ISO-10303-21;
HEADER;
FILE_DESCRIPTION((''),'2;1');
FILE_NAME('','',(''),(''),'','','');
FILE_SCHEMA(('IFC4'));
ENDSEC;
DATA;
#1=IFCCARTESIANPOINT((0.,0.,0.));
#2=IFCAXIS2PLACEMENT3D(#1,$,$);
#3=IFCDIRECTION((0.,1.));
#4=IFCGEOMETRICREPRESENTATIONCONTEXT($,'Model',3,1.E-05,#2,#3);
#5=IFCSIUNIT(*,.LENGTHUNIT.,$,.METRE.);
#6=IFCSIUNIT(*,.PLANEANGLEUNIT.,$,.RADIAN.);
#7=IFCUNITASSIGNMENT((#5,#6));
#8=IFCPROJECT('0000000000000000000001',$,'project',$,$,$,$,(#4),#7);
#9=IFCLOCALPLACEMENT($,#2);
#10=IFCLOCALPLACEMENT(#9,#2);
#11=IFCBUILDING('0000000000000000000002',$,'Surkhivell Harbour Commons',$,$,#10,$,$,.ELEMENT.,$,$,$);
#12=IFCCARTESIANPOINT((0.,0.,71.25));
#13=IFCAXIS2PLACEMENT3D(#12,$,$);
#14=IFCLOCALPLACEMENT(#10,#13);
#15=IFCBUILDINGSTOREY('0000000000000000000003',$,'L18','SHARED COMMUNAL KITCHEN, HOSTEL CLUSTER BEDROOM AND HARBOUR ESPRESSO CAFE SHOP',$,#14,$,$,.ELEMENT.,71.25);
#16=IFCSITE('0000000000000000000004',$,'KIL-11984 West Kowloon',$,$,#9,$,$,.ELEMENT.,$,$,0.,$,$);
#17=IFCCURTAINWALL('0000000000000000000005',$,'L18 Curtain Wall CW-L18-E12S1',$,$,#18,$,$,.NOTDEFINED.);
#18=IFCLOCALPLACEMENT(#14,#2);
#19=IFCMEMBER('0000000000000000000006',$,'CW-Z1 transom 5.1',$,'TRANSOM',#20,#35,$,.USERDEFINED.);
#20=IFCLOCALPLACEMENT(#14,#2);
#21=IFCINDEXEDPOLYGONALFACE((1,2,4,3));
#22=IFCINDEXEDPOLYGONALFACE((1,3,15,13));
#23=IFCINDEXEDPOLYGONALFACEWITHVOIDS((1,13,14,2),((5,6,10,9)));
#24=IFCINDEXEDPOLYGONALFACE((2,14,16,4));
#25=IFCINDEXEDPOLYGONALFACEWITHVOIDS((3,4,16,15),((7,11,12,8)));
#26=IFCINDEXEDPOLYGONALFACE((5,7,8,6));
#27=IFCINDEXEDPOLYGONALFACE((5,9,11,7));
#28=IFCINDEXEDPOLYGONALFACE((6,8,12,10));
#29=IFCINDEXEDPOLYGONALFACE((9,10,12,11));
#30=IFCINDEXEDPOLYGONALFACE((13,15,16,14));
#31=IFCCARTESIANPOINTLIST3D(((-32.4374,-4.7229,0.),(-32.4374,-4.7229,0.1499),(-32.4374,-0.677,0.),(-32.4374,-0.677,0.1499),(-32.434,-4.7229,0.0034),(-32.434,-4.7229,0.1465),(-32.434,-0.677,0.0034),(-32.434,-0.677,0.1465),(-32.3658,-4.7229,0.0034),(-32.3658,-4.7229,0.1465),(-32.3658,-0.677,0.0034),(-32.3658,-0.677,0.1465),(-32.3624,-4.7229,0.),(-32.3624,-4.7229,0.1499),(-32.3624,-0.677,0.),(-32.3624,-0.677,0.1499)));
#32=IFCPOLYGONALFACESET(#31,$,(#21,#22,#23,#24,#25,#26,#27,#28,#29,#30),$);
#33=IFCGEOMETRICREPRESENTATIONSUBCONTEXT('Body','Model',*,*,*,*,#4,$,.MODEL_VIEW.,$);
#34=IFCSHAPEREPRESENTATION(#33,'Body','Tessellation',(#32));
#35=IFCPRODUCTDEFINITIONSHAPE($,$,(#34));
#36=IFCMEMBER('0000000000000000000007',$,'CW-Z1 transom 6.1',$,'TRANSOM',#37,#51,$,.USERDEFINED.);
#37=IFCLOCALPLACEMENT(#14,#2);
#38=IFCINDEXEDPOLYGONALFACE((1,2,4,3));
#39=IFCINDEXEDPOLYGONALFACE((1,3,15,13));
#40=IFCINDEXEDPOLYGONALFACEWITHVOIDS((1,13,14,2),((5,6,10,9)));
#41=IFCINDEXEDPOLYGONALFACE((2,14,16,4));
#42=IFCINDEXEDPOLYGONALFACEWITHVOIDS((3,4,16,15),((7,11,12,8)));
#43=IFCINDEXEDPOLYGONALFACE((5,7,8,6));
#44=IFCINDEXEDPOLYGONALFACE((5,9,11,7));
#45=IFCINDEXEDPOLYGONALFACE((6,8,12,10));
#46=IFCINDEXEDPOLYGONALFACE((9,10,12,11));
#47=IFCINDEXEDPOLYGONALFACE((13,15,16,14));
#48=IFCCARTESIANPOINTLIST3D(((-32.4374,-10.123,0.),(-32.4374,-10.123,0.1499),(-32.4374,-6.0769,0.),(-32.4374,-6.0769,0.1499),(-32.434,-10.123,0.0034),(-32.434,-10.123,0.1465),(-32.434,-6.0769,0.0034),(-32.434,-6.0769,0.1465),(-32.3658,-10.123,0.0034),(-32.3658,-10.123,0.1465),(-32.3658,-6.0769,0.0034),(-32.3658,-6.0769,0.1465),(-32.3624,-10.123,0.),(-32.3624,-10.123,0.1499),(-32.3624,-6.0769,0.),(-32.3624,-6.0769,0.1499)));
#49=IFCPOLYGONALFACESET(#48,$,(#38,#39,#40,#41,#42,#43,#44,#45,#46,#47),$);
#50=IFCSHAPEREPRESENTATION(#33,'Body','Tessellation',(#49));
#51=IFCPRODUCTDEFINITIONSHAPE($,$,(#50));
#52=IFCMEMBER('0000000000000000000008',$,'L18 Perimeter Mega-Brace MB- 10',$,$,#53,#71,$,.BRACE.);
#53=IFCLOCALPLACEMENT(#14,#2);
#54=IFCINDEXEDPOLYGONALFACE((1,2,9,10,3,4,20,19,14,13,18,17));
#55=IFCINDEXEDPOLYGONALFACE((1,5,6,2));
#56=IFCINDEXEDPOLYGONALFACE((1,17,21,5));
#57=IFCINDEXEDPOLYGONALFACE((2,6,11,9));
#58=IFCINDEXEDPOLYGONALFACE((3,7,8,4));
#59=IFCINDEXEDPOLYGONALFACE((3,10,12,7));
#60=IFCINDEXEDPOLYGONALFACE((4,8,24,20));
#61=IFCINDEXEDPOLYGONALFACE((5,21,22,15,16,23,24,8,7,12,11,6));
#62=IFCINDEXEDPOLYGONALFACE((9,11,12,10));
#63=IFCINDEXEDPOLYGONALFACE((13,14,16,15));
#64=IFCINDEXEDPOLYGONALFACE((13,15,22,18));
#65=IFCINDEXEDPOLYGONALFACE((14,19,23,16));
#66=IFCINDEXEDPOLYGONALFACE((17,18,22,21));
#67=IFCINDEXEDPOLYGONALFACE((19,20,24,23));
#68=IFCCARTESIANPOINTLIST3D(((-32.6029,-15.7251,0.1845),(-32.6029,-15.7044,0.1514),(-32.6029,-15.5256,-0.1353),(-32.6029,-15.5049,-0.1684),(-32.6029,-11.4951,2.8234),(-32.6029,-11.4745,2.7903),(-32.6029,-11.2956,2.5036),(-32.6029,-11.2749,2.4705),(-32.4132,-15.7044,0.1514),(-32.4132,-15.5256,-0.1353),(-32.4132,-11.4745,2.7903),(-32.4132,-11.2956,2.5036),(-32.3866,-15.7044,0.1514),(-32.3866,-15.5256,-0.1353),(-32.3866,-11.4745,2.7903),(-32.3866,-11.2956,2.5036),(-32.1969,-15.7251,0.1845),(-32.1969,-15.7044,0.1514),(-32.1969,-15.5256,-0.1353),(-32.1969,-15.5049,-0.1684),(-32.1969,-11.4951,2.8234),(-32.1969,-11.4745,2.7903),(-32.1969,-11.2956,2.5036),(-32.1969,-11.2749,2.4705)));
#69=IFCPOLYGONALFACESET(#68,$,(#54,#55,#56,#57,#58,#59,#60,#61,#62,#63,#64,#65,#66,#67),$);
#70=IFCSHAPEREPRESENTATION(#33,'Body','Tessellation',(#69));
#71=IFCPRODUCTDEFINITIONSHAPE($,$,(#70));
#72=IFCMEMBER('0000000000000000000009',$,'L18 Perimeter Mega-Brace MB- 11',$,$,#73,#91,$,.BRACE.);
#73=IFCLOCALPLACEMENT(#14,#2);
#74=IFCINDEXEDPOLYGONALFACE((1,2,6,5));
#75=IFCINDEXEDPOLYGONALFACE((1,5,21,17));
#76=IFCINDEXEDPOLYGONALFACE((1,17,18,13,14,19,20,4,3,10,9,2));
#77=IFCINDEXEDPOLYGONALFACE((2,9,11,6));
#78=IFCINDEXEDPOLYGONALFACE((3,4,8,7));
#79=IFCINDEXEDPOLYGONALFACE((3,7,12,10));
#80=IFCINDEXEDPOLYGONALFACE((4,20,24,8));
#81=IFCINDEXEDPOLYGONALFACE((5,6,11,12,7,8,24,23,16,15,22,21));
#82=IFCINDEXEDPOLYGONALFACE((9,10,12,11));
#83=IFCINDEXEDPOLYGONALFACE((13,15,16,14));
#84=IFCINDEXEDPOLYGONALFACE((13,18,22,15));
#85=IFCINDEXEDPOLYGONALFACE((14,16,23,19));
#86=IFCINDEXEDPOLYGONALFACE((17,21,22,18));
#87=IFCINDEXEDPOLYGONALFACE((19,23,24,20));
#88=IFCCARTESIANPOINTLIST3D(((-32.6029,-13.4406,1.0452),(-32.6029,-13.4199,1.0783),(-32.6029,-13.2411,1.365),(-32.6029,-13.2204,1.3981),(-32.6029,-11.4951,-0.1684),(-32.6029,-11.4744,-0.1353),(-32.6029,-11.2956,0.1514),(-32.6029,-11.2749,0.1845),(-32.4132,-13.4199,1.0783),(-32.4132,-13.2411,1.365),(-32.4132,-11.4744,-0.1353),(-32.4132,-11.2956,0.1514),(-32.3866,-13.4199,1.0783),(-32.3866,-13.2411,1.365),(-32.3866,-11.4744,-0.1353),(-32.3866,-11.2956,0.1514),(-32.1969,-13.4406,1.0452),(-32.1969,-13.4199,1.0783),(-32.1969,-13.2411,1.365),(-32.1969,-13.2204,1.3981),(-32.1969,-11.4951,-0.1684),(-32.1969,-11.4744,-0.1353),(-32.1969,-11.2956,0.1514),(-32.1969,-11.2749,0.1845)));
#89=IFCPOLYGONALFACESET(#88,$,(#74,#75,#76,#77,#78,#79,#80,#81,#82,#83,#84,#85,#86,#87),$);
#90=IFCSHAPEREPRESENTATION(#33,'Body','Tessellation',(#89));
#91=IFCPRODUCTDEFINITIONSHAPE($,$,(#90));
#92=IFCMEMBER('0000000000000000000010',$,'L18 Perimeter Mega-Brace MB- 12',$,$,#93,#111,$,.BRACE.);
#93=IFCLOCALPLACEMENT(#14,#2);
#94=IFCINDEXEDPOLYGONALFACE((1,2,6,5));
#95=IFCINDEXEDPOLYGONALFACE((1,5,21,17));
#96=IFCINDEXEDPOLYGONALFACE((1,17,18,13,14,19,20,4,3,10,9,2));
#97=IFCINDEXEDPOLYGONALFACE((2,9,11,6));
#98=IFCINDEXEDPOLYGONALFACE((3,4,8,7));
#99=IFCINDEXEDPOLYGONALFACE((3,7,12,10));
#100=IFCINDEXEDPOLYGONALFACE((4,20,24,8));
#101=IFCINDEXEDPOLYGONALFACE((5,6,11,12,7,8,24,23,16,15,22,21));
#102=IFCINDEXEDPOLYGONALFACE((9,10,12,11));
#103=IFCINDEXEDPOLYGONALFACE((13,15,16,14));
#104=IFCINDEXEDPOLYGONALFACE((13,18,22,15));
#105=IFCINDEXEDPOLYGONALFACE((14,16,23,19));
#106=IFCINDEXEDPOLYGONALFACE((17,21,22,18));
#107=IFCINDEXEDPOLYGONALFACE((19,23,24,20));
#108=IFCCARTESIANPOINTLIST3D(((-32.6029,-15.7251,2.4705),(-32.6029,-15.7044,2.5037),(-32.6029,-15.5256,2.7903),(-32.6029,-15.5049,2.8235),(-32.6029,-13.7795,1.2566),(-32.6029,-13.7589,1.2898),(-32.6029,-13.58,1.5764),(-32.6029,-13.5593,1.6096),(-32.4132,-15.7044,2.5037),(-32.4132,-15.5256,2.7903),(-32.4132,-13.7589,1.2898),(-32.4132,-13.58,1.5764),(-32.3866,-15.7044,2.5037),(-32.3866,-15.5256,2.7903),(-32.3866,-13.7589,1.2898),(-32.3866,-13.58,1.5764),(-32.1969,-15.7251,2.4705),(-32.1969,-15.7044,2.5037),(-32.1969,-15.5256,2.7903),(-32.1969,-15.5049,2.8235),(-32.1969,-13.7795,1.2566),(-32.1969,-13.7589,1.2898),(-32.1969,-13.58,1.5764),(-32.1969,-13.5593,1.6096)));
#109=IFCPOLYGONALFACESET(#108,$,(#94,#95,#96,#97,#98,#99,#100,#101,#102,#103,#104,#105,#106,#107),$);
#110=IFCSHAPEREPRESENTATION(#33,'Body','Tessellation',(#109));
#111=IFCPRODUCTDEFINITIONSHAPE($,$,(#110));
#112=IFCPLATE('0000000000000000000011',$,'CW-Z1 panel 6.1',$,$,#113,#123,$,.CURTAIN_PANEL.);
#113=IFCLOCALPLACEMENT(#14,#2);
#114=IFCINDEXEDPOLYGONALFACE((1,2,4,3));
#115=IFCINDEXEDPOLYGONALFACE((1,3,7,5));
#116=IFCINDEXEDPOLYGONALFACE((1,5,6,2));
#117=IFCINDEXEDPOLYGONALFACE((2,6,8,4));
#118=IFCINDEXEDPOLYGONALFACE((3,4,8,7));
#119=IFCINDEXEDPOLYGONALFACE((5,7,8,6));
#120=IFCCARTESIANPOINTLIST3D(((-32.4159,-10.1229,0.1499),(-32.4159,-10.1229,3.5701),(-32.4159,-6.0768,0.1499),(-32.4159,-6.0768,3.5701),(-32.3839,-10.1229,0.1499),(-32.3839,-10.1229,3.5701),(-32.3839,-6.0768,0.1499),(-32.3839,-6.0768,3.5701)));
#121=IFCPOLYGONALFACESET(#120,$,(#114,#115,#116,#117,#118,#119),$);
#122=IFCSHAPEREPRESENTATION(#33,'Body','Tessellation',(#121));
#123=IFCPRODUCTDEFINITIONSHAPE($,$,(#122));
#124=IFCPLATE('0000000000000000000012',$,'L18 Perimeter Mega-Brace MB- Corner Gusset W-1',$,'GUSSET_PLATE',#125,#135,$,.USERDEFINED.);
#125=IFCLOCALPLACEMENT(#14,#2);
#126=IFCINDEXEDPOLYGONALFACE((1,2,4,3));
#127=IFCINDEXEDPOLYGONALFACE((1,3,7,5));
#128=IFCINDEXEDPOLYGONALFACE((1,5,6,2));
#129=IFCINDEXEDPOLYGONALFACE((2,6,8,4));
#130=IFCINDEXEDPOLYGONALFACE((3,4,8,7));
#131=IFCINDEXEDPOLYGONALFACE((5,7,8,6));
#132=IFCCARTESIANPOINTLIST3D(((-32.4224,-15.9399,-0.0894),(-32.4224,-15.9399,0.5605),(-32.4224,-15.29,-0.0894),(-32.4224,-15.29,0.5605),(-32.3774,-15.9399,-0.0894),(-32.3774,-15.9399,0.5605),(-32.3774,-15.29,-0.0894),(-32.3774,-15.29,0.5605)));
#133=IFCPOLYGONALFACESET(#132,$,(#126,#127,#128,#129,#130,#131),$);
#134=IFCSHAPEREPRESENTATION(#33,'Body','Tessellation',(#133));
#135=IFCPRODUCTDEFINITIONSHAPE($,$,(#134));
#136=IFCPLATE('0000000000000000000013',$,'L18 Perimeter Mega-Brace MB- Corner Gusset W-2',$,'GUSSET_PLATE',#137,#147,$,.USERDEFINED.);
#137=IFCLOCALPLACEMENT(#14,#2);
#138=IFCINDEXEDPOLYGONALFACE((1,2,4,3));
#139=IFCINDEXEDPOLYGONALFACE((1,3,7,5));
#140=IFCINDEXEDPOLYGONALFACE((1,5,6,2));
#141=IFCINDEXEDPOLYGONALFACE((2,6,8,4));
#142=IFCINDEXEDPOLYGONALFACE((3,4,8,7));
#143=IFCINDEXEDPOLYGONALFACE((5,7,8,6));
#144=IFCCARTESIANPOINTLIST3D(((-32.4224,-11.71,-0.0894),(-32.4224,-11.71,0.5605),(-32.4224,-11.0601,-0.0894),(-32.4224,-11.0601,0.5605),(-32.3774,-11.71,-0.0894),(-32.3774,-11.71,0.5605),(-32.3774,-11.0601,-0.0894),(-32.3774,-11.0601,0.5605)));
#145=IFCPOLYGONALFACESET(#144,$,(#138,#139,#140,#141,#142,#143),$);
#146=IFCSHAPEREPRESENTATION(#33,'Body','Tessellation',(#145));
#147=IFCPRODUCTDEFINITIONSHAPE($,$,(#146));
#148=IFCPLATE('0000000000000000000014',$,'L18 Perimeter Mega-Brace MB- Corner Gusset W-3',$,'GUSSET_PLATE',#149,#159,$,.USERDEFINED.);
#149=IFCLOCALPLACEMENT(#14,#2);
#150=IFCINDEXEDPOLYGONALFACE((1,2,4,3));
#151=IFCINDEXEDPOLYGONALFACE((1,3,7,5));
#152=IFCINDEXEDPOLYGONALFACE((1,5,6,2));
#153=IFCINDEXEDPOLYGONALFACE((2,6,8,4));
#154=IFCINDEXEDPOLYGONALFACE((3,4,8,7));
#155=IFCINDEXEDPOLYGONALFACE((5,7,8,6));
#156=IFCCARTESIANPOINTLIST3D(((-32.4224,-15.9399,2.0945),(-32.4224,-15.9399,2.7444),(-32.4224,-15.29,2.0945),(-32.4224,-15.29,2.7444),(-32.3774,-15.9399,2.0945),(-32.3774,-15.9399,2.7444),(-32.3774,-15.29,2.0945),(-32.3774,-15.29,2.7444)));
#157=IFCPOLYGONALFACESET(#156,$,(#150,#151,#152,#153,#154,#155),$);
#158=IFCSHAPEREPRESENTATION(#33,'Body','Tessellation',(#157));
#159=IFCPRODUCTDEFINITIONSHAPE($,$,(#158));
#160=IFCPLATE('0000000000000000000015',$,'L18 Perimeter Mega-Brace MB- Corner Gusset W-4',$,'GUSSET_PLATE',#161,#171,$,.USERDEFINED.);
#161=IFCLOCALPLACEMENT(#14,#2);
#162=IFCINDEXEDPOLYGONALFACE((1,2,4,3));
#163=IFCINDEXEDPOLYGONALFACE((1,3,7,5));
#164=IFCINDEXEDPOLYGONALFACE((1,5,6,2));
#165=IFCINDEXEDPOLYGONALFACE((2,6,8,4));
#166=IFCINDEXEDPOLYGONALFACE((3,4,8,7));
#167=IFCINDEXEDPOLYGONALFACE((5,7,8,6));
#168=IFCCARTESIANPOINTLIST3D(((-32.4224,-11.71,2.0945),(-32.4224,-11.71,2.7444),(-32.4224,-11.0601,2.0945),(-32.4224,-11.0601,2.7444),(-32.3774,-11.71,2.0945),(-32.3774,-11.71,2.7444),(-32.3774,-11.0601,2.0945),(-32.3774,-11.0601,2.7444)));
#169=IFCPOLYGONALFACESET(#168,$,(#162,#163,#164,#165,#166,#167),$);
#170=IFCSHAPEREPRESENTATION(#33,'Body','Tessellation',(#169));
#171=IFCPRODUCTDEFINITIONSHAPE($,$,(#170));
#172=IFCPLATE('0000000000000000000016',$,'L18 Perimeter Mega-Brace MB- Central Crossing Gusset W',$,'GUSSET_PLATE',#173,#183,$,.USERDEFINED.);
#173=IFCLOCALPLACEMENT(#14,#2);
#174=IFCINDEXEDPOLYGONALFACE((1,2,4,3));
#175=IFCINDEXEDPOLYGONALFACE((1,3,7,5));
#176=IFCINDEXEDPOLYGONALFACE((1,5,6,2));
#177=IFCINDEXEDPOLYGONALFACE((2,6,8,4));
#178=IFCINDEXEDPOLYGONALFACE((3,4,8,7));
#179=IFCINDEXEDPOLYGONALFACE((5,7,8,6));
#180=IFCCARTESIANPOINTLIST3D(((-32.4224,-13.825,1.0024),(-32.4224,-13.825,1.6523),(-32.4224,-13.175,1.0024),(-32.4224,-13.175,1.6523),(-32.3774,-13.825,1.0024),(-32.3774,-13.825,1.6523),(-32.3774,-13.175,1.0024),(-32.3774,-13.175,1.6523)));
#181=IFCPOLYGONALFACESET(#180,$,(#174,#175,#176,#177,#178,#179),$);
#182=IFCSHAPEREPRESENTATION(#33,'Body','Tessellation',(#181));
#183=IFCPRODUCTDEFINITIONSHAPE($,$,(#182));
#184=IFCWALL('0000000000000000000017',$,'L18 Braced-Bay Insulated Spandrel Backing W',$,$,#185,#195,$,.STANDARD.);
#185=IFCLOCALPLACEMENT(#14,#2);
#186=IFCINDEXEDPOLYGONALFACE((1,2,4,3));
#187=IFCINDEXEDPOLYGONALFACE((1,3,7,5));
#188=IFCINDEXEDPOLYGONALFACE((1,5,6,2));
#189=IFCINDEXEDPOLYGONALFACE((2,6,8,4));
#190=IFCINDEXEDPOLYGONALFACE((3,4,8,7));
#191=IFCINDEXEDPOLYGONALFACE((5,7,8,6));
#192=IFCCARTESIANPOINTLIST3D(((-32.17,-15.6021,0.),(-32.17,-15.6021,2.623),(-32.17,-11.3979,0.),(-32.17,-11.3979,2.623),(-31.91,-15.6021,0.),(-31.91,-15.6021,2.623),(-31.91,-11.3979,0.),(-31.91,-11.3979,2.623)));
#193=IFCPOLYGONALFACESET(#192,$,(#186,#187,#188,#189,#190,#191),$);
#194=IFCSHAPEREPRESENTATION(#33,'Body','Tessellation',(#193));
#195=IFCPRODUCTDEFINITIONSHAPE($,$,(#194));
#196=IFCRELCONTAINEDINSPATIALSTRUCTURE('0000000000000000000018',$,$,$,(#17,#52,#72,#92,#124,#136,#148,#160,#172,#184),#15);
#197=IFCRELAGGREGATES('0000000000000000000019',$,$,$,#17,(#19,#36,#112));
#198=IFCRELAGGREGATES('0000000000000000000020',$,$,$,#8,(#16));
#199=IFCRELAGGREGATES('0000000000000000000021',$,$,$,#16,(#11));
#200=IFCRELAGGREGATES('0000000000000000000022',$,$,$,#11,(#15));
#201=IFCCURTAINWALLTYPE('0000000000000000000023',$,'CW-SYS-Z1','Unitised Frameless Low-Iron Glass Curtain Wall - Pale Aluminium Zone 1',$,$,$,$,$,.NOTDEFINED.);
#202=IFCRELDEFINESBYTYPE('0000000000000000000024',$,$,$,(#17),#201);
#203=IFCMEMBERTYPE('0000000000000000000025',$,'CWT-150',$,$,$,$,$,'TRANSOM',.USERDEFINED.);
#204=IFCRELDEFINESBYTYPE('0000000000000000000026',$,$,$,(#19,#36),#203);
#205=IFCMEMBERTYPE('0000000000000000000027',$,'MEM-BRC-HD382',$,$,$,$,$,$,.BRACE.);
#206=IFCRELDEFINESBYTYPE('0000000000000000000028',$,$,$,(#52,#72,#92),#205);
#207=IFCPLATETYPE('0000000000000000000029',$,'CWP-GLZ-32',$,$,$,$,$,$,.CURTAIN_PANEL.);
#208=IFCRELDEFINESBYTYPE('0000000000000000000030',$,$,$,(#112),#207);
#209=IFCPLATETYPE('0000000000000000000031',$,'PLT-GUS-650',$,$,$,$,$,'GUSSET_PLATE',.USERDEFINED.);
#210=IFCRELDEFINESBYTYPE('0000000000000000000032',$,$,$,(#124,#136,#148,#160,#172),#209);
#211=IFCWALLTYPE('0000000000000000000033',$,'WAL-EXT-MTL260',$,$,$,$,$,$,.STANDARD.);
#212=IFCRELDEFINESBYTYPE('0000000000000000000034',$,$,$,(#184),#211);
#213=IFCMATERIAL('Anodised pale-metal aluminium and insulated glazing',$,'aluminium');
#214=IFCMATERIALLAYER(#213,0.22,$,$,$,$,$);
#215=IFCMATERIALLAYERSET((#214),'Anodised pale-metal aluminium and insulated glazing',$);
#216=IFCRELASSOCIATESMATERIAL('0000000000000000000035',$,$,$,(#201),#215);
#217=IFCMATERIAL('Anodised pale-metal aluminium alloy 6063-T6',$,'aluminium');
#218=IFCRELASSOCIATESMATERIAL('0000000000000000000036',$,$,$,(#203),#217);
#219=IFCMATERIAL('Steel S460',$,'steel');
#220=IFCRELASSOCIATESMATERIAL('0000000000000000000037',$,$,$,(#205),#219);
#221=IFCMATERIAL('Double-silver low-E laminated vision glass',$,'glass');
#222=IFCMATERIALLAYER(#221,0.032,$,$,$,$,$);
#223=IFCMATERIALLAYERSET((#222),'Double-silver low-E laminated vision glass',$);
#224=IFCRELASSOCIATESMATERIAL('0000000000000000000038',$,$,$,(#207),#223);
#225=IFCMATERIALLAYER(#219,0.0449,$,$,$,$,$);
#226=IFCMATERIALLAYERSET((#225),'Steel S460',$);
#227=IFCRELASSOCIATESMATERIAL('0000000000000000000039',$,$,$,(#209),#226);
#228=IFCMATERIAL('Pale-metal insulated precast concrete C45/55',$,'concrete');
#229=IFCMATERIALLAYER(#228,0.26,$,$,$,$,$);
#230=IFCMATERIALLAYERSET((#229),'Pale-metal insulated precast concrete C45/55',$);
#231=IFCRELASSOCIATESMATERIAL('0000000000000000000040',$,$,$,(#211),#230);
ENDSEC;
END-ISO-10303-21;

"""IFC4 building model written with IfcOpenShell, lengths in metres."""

from ifc_helpers import new_model, si_unit, direction, frame, frame_2d, origin, origin_2d, place, context, subcontext, project, spatial, rectangle, hollow_rectangle, i_section, extrude, material, layer, layer_set, material_profile, profile_set, type_object, element, aggregate, save


model = new_model("IFC4")

# Units and contexts
model_context = context("Model", 3, precision=1e-05, world=origin(), true_north=direction((0.0, 1.0)))
body_context = subcontext(model_context, "Body", "Model", "MODEL_VIEW")
ifc_project = project(units=[si_unit("LENGTHUNIT", "METRE"), si_unit("PLANEANGLEUNIT", "RADIAN")], contexts=[model_context])

# Site, building, storey
site_placement = place(None, origin())
site = spatial("IfcSite", under=ifc_project, at=site_placement, Name="KIL-11984 West Kowloon", CompositionType="ELEMENT", RefElevation=0.0)
building_placement = place(site_placement, origin())
building = spatial("IfcBuilding", under=site, at=building_placement, Name="Surkhivell Harbour Commons", CompositionType="ELEMENT")
storey_placement = place(building_placement, frame((0.0, 0.0, 71.25)))
storey = spatial("IfcBuildingStorey", under=building, at=storey_placement, Name="L18", Description="SHARED COMMUNAL KITCHEN, HOSTEL CLUSTER BEDROOM AND HARBOUR ESPRESSO CAFE SHOP", CompositionType="ELEMENT", Elevation=71.25)

# Shared definitions
ifc_material_1 = material(Name="Steel S460", Category="steel")

# Curtain wall
ifc_material_2 = material(Name="Anodised pale-metal aluminium and insulated glazing", Category="aluminium")
ifc_layer_1 = layer(ifc_material_2, 0.22)
ifc_layer_set_1 = layer_set([ifc_layer_1], Name="Anodised pale-metal aluminium and insulated glazing")
curtain_wall_type = type_object("IfcCurtainWallType", Name="CW-SYS-Z1", Description="Unitised Frameless Low-Iron Glass Curtain Wall - Pale Aluminium Zone 1", PredefinedType="NOTDEFINED", material=ifc_layer_set_1)
curtain_wall_1_placement = place(storey_placement, origin())
curtain_wall_1 = element("IfcCurtainWall", 1, at=curtain_wall_1_placement, inside=storey, type_object=curtain_wall_type, Name="L18 Curtain Wall CW-L18-E12S1", PredefinedType="NOTDEFINED")
ifc_material_3 = material(Name="Anodised pale-metal aluminium alloy 6063-T6", Category="aluminium")

# Members
ifc_material_profile_1 = material_profile(ifc_material_3, hollow_rectangle(XDim=0.075, YDim=0.1499, WallThickness=0.0034, at=origin_2d()), Name="ALU-TRAN-75x150")
ifc_profile_set_1 = profile_set([ifc_material_profile_1], Name="Anodised pale-metal aluminium alloy 6063-T6")
member_type_1 = type_object("IfcMemberType", Name="CWT-150", ElementType="TRANSOM", PredefinedType="USERDEFINED", material=ifc_profile_set_1)
member_1_placement = place(storey_placement, frame((-32.3999, -0.677, 0.075), z_axis=(0.0, -1.0, 0.0), x_axis=(1.0, 0.0, 0.0)))
member_1 = element("IfcMember", 2, at=member_1_placement, type_object=member_type_1, Name="CW-Z1 transom 5.1", ObjectType="TRANSOM", PredefinedType="USERDEFINED", context=body_context, shape_type="SweptSolid", body=[
    extrude(hollow_rectangle(XDim=0.075, YDim=0.1499, WallThickness=0.0034, at=origin_2d()), origin(), (0.0, 0.0, 1.0), 4.0459),
])
member_2_placement = place(storey_placement, frame((-32.3999, -6.0769, 0.075), z_axis=(0.0, -1.0, 0.0), x_axis=(1.0, 0.0, 0.0)))
member_2 = element("IfcMember", 3, at=member_2_placement, type_object=member_type_1, Name="CW-Z1 transom 6.1", ObjectType="TRANSOM", PredefinedType="USERDEFINED", context=body_context, shape_type="SweptSolid", body=[
    extrude(hollow_rectangle(XDim=0.075, YDim=0.1499, WallThickness=0.0034, at=origin_2d()), origin(), (0.0, 0.0, 1.0), 4.0461),
])

# Members
ifc_material_profile_2 = material_profile(ifc_material_1, i_section(OverallWidth=0.406, OverallDepth=0.416, WebThickness=0.0266, FlangeThickness=0.0391, at=origin_2d()), Name="HD400x382")
ifc_profile_set_2 = profile_set([ifc_material_profile_2], Name="Steel S460")
member_type_2 = type_object("IfcMemberType", Name="MEM-BRC-HD382", PredefinedType="BRACE", material=ifc_profile_set_2)
member_3_placement = place(storey_placement, frame((-32.3999, -15.615, 0.0081), z_axis=(0.0, 0.848433, 0.529303), x_axis=(-1.0, 0.0, 0.0)))
element("IfcMember", 4, at=member_3_placement, inside=storey, type_object=member_type_2, Name="L18 Perimeter Mega-Brace MB- 10", PredefinedType="BRACE", context=body_context, shape_type="SweptSolid", body=[
    extrude(i_section(OverallWidth=0.406, OverallDepth=0.416, WebThickness=0.0266, FlangeThickness=0.0391, at=origin_2d()), origin(), (0.0, 0.0, 1.0), 4.9856),
])
member_4_placement = place(storey_placement, frame((-32.3999, -11.385, 0.0081), z_axis=(0.0, -0.848459, 0.529262), x_axis=(1.0, 0.0, 0.0)))
element("IfcMember", 5, at=member_4_placement, inside=storey, type_object=member_type_2, Name="L18 Perimeter Mega-Brace MB- 11", PredefinedType="BRACE", context=body_context, shape_type="SweptSolid", body=[
    extrude(i_section(OverallWidth=0.406, OverallDepth=0.416, WebThickness=0.0266, FlangeThickness=0.0391, at=origin_2d()), origin(), (0.0, 0.0, 1.0), 2.293),
])
member_5_placement = place(storey_placement, frame((-32.3999, -13.6694, 1.4331), z_axis=(0.0, -0.848411, 0.529338), x_axis=(1.0, 0.0, 0.0)))
element("IfcMember", 6, at=member_5_placement, inside=storey, type_object=member_type_2, Name="L18 Perimeter Mega-Brace MB- 12", PredefinedType="BRACE", context=body_context, shape_type="SweptSolid", body=[
    extrude(i_section(OverallWidth=0.406, OverallDepth=0.416, WebThickness=0.0266, FlangeThickness=0.0391, at=origin_2d()), origin(), (0.0, 0.0, 1.0), 2.2932),
])

# Plate
ifc_material_4 = material(Name="Double-silver low-E laminated vision glass", Category="glass")
ifc_layer_2 = layer(ifc_material_4, 0.032)
ifc_layer_set_2 = layer_set([ifc_layer_2], Name="Double-silver low-E laminated vision glass")
plate_type_1 = type_object("IfcPlateType", Name="CWP-GLZ-32", PredefinedType="CURTAIN_PANEL", material=ifc_layer_set_2)
plate_placement = place(storey_placement, frame((-32.3999, -6.0769, 0.1499), z_axis=(0.0, 0.0, 1.0), x_axis=(0.0, -1.0, 0.0)))
plate = element("IfcPlate", 7, at=plate_placement, type_object=plate_type_1, Name="CW-Z1 panel 6.1", PredefinedType="CURTAIN_PANEL", context=body_context, shape_type="SweptSolid", body=[
    extrude(rectangle(XDim=4.0461, YDim=0.032, at=frame_2d((2.0229, 0.0))), origin(), (0.0, 0.0, 1.0), 3.4202),
])
aggregate(curtain_wall_1, [member_1, member_2, plate])

# Plates
ifc_layer_3 = layer(ifc_material_1, 0.0449)
ifc_layer_set_3 = layer_set([ifc_layer_3], Name="Steel S460")
plate_type_2 = type_object("IfcPlateType", Name="PLT-GUS-650", ElementType="GUSSET_PLATE", PredefinedType="USERDEFINED", material=ifc_layer_set_3)
for number, where, z_axis, x_axis, name in (
    (8, (-32.3999, -15.615, -0.0894), (0.0, 0.0, 1.0), (0.0, 1.0, 0.0), "L18 Perimeter Mega-Brace MB- Corner Gusset W-1"),
    (9, (-32.3999, -11.385, -0.0894), (0.0, 0.0, 1.0), (0.0, 1.0, 0.0), "L18 Perimeter Mega-Brace MB- Corner Gusset W-2"),
    (10, (-32.3999, -15.615, 2.0945), (0.0, 0.0, 1.0), (0.0, 1.0, 0.0), "L18 Perimeter Mega-Brace MB- Corner Gusset W-3"),
    (11, (-32.3999, -11.385, 2.0945), (0.0, 0.0, 1.0), (0.0, 1.0, 0.0), "L18 Perimeter Mega-Brace MB- Corner Gusset W-4"),
    (12, (-32.3999, -13.5, 1.0024), (0.0, 0.0, 1.0), (0.0, 1.0, 0.0), "L18 Perimeter Mega-Brace MB- Central Crossing Gusset W"),
):
    element("IfcPlate", number, at=place(storey_placement, frame(where, z_axis=z_axis, x_axis=x_axis)), inside=storey, type_object=plate_type_2, Name=name, ObjectType="GUSSET_PLATE", PredefinedType="USERDEFINED", context=body_context, shape_type="SweptSolid", body=[
        extrude(rectangle(XDim=0.6499, YDim=0.0449, at=origin_2d()), origin(), (0.0, 0.0, 1.0), 0.6499),
    ])

# Wall
ifc_material_5 = material(Name="Pale-metal insulated precast concrete C45/55", Category="concrete")
ifc_layer_4 = layer(ifc_material_5, 0.26)
ifc_layer_set_4 = layer_set([ifc_layer_4], Name="Pale-metal insulated precast concrete C45/55")
wall_type_1 = type_object("IfcWallType", Name="WAL-EXT-MTL260", PredefinedType="STANDARD", material=ifc_layer_set_4)
wall_1_placement = place(storey_placement, frame((-32.04, -11.3979, 0.0), z_axis=(0.0, 0.0, 1.0), x_axis=(0.0, -1.0, 0.0)))
element("IfcWall", 13, at=wall_1_placement, inside=storey, type_object=wall_type_1, Name="L18 Braced-Bay Insulated Spandrel Backing W", PredefinedType="STANDARD", context=body_context, shape_type="SweptSolid", body=[
    extrude(rectangle(XDim=4.2041, YDim=0.26, at=frame_2d((2.1021, 0.0))), origin(), (0.0, 0.0, 1.0), 2.623),
])

save(model, "model.ifc")
